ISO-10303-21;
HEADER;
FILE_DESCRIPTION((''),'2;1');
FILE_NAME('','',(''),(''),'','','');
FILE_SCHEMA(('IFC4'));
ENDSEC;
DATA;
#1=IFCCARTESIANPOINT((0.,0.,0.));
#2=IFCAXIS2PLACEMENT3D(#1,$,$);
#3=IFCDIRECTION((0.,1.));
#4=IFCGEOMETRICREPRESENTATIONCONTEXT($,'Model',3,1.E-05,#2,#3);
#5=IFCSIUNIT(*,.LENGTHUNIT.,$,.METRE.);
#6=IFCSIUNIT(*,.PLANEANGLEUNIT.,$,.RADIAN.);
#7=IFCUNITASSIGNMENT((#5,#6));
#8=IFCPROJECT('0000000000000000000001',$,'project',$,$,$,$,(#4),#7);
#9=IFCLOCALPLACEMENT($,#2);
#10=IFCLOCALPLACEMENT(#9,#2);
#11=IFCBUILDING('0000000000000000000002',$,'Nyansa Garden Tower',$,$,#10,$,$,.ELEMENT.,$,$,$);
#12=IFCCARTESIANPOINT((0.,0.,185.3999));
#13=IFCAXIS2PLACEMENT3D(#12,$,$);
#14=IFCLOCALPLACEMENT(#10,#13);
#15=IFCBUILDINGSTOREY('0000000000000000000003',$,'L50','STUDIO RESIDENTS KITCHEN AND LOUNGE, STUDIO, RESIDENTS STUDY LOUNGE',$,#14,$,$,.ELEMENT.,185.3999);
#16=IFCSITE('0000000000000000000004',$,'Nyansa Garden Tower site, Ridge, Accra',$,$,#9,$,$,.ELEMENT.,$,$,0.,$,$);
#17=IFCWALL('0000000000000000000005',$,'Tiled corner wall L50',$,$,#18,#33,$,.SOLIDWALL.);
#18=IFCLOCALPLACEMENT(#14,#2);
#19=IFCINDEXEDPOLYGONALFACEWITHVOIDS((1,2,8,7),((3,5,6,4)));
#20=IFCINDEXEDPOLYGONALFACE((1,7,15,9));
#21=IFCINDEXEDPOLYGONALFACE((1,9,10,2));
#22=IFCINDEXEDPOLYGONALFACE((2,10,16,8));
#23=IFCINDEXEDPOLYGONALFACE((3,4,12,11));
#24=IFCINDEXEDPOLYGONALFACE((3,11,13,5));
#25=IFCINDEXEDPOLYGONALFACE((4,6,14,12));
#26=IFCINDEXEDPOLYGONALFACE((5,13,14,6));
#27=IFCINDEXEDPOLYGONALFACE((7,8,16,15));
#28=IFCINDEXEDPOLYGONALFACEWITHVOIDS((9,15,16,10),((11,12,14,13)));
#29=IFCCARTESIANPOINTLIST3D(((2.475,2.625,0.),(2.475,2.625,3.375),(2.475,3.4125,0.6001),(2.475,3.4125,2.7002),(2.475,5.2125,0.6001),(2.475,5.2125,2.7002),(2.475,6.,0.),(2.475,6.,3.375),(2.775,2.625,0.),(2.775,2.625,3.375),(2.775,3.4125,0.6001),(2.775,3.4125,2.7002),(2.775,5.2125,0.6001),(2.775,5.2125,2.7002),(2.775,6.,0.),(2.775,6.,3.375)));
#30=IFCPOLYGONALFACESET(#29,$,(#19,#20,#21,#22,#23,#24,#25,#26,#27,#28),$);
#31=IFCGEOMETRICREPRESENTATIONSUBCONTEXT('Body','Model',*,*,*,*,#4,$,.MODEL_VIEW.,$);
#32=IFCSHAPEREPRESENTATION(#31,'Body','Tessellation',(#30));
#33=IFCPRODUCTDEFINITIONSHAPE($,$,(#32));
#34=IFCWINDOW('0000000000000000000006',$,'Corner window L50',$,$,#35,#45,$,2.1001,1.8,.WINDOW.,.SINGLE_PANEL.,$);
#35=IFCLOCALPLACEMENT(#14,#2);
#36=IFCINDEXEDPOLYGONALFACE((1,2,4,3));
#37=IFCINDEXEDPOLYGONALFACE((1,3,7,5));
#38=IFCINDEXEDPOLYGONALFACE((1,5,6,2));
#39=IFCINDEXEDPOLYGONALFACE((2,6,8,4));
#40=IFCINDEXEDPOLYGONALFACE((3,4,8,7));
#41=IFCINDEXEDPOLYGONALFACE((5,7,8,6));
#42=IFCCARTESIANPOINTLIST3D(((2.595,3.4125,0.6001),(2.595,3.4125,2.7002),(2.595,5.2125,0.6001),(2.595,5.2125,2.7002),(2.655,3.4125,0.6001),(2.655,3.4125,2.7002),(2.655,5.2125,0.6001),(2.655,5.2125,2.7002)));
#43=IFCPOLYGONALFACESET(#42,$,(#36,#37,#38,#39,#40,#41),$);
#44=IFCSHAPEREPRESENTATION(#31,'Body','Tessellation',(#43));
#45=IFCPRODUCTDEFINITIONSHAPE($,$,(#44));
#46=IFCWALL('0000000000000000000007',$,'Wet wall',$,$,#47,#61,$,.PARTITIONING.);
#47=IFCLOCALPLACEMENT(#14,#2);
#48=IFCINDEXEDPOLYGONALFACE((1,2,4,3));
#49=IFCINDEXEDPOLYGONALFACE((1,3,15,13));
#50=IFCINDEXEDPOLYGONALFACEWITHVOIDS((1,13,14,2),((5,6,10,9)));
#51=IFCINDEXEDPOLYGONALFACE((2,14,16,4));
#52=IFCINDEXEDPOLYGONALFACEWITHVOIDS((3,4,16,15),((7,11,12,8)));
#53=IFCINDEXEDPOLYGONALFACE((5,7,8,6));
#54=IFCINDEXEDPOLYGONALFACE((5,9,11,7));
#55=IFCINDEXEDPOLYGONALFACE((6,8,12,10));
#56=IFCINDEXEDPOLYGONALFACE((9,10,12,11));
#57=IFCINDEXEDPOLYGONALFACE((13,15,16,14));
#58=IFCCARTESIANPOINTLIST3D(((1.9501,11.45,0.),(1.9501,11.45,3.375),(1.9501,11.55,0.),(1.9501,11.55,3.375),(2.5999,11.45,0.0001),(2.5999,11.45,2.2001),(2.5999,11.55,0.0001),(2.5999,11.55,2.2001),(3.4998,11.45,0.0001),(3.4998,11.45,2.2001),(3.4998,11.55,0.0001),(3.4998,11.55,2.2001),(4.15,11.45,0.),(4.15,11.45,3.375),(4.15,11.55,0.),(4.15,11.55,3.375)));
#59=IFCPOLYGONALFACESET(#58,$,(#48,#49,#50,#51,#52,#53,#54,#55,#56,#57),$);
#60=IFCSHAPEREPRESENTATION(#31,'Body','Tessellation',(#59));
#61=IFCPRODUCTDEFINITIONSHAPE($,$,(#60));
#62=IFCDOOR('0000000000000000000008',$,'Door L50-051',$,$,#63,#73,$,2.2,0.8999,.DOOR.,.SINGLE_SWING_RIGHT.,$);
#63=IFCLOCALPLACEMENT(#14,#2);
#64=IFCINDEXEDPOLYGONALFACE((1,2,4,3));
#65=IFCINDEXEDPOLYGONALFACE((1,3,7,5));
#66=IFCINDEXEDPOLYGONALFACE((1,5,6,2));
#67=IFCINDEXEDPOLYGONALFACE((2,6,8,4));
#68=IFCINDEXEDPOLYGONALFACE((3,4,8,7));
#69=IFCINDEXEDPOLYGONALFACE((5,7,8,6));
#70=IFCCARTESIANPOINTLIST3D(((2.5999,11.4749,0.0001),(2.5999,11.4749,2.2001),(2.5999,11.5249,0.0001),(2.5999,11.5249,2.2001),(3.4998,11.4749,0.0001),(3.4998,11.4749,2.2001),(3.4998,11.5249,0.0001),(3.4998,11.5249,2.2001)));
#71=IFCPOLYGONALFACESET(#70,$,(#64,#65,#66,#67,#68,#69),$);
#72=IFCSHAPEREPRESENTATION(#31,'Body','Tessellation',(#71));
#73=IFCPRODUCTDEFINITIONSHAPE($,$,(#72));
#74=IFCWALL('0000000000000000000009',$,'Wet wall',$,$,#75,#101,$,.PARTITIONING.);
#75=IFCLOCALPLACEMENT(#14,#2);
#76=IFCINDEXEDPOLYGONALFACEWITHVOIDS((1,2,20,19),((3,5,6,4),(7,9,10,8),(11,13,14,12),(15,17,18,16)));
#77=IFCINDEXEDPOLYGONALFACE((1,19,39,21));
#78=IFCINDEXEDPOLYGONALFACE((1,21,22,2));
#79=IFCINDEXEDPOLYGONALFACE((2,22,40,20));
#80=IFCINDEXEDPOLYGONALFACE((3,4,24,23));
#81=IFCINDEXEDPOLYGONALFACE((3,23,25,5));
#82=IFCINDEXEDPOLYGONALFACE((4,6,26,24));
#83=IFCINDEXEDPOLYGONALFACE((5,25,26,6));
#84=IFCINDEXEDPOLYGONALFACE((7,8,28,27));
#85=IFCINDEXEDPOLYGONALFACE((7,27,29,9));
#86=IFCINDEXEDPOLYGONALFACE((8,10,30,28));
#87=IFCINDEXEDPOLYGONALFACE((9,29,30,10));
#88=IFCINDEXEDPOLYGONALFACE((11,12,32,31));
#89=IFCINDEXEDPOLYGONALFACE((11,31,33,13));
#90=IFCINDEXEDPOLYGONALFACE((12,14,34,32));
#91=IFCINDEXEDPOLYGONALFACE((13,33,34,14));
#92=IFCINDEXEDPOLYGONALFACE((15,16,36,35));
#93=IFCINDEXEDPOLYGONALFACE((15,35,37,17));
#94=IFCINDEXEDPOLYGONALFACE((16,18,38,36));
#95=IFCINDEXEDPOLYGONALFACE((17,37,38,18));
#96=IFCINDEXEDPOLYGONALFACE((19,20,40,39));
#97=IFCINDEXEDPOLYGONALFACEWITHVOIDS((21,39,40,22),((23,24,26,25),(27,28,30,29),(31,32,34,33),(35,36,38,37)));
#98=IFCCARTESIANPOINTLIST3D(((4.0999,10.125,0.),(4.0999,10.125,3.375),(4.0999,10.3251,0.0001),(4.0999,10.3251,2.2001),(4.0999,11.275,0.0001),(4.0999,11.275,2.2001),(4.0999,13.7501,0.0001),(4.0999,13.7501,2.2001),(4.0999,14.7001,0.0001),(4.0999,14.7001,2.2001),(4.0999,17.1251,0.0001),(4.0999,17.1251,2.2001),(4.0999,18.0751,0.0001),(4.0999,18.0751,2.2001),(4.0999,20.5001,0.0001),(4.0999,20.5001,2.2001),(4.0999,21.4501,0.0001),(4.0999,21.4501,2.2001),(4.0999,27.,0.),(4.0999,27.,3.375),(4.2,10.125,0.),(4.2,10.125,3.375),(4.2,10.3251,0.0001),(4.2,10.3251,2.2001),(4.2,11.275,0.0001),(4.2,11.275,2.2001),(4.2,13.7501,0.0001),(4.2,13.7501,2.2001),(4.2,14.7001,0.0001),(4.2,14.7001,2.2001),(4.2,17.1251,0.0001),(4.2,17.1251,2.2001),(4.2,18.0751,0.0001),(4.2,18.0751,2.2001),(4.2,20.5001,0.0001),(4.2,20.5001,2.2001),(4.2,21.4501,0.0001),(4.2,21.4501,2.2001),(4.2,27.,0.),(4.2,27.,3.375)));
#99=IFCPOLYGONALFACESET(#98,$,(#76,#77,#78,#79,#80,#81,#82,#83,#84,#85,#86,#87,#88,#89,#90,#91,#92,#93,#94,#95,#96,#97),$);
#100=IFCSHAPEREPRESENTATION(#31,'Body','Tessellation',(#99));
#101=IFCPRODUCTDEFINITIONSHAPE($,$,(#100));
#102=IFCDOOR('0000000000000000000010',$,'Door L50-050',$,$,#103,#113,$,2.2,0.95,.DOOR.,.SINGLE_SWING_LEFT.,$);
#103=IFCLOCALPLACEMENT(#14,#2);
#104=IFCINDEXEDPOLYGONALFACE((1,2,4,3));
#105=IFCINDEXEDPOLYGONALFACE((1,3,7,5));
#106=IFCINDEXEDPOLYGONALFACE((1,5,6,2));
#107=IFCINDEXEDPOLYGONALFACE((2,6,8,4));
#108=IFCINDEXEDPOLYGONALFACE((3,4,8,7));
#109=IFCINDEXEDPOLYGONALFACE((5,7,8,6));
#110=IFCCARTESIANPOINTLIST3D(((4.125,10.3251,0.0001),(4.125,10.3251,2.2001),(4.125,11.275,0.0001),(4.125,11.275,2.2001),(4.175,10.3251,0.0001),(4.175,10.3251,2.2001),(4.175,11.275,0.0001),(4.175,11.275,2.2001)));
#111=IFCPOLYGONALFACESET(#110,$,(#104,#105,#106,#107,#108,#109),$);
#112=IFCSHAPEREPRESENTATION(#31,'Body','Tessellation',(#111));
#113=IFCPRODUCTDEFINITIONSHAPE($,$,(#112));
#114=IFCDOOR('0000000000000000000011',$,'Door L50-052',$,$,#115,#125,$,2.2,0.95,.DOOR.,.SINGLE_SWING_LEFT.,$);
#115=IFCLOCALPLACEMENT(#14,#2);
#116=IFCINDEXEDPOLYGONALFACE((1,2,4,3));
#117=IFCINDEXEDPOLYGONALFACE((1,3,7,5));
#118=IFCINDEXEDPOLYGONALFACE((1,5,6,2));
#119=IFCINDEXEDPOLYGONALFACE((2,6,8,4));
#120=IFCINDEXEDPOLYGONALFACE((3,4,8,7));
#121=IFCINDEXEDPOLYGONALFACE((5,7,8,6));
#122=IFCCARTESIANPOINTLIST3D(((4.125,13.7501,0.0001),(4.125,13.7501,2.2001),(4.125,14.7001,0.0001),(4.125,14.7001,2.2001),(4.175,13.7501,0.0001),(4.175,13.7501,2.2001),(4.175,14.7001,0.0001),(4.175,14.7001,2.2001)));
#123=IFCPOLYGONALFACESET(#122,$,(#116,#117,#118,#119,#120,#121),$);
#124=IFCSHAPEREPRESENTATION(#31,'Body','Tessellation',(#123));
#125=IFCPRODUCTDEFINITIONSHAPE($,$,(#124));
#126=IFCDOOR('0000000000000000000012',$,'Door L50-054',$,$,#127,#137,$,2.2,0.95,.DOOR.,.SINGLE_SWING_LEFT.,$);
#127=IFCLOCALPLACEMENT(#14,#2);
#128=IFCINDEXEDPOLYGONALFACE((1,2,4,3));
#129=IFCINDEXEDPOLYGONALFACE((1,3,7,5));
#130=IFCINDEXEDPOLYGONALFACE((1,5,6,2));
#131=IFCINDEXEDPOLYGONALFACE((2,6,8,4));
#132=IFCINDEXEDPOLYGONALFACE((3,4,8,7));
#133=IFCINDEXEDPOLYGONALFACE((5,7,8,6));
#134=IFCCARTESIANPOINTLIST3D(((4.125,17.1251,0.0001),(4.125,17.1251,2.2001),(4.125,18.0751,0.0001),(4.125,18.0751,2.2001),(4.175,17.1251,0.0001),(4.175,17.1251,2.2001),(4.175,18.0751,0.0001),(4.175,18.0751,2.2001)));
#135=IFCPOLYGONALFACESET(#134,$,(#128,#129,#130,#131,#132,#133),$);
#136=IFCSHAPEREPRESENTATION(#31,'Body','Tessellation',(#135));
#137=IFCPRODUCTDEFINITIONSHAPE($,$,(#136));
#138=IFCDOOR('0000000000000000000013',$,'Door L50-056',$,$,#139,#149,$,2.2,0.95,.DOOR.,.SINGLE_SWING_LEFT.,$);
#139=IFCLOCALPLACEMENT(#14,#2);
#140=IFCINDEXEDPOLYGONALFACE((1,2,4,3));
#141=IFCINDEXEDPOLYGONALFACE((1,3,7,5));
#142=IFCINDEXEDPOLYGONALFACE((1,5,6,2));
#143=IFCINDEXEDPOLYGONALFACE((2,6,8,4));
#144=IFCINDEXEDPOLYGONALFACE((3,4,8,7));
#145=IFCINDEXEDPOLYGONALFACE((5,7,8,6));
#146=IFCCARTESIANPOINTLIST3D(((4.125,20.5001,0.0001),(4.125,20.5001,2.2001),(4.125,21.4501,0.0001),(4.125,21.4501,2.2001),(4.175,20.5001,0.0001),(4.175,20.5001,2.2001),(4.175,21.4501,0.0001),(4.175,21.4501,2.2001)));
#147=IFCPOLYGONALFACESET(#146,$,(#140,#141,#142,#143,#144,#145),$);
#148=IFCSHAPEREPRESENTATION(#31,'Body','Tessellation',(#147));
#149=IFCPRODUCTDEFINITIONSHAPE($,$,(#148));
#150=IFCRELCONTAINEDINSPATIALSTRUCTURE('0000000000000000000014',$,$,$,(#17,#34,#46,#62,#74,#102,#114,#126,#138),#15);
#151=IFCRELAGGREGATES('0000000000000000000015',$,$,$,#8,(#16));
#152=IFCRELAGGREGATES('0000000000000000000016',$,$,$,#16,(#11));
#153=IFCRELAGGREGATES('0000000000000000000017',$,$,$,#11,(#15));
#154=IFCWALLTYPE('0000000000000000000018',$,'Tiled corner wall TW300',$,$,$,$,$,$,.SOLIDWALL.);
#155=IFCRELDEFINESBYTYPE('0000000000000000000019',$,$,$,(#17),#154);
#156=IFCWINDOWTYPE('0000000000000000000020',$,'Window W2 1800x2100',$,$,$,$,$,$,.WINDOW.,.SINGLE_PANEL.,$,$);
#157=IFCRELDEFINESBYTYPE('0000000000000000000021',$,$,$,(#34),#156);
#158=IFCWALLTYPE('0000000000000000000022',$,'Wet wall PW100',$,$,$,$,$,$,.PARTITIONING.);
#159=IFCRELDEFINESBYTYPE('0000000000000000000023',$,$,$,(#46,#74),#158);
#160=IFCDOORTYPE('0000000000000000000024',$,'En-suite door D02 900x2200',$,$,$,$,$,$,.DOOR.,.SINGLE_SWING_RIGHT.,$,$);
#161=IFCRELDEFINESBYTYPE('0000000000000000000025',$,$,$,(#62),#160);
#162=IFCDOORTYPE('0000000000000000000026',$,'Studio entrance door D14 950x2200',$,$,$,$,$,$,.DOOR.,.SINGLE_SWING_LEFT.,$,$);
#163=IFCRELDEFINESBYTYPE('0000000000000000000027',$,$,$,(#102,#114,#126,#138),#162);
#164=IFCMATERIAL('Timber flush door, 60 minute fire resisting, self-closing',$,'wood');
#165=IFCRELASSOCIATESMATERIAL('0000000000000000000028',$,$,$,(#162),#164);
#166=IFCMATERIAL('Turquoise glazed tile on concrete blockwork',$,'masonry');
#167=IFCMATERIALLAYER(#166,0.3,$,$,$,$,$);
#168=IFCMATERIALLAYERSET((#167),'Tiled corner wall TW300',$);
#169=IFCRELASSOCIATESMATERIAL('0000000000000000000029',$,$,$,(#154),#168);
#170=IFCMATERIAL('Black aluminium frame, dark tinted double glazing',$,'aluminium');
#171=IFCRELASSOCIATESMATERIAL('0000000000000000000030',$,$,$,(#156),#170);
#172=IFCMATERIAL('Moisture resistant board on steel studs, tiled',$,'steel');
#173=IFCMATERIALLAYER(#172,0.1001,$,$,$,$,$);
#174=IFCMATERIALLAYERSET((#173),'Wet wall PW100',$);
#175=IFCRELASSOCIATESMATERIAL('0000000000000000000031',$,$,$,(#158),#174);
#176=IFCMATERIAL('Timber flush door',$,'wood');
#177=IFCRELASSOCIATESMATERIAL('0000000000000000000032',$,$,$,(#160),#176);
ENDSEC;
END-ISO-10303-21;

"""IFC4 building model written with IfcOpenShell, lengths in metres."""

from ifc_helpers import new_model, si_unit, direction, frame, frame_2d, origin, place, context, subcontext, project, spatial, rectangle, extrude, material, layer, layer_set, type_object, element, fill, save


model = new_model("IFC4")

# Units and contexts
model_context = context("Model", 3, precision=1e-05, world=origin(), true_north=direction((0.0, 1.0)))
body_context = subcontext(model_context, "Body", "Model", "MODEL_VIEW")
ifc_project = project(units=[si_unit("LENGTHUNIT", "METRE"), si_unit("PLANEANGLEUNIT", "RADIAN")], contexts=[model_context])

# Site, building, storey
site_placement = place(None, origin())
site = spatial("IfcSite", under=ifc_project, at=site_placement, Name="Nyansa Garden Tower site, Ridge, Accra", CompositionType="ELEMENT", RefElevation=0.0)
building_placement = place(site_placement, origin())
building = spatial("IfcBuilding", under=site, at=building_placement, Name="Nyansa Garden Tower", CompositionType="ELEMENT")
storey_placement = place(building_placement, frame((0.0, 0.0, 185.3999)))
storey = spatial("IfcBuildingStorey", under=building, at=storey_placement, Name="L50", Description="STUDIO RESIDENTS KITCHEN AND LOUNGE, STUDIO, RESIDENTS STUDY LOUNGE", CompositionType="ELEMENT", Elevation=185.3999)

# Shared definitions
ifc_material_1 = material(Name="Timber flush door, 60 minute fire resisting, self-closing", Category="wood")
door_type_1 = type_object("IfcDoorType", Name="Studio entrance door D14 950x2200", OperationType="SINGLE_SWING_LEFT", PredefinedType="DOOR", material=ifc_material_1)

# Wall, opening, window
ifc_material_2 = material(Name="Turquoise glazed tile on concrete blockwork", Category="masonry")
ifc_layer_1 = layer(ifc_material_2, 0.3)
ifc_layer_set_1 = layer_set([ifc_layer_1], Name="Tiled corner wall TW300")
wall_type_1 = type_object("IfcWallType", Name="Tiled corner wall TW300", PredefinedType="SOLIDWALL", material=ifc_layer_set_1)
wall_1_placement = place(storey_placement, frame((2.625, 6.0, 0.0), z_axis=(0.0, 0.0, 1.0), x_axis=(0.0, -1.0, 0.0)))
wall_1 = element("IfcWall", 1, at=wall_1_placement, inside=storey, type_object=wall_type_1, Name="Tiled corner wall L50", PredefinedType="SOLIDWALL", context=body_context, shape_type="SweptSolid", body=[
    extrude(rectangle(XDim=3.375, YDim=0.3, at=frame_2d((1.6875, 0.0))), origin(), (0.0, 0.0, 1.0), 3.375),
])
opening_1_placement = place(wall_1_placement, frame((0.7876, 0.0, 0.6001)))
opening_1 = element("IfcOpeningElement", 2, at=opening_1_placement, cuts=wall_1, PredefinedType="OPENING", context=body_context, shape_type="SweptSolid", body=[
    extrude(rectangle(XDim=1.8, YDim=2.1001, at=frame_2d((0.8999, 1.05))), frame((0.0, 0.1599, 0.0), z_axis=(0.0, -1.0, 0.0), x_axis=(1.0, 0.0, 0.0)), (0.0, 0.0, 1.0), 0.3201),
])
ifc_material_3 = material(Name="Black aluminium frame, dark tinted double glazing", Category="aluminium")
window_type = type_object("IfcWindowType", Name="Window W2 1800x2100", PartitioningType="SINGLE_PANEL", PredefinedType="WINDOW", material=ifc_material_3)
window_placement = place(opening_1_placement, origin())
window = element("IfcWindow", 3, at=window_placement, inside=storey, type_object=window_type, Name="Corner window L50", OverallHeight=2.1001, OverallWidth=1.8, PartitioningType="SINGLE_PANEL", PredefinedType="WINDOW", context=body_context, shape_type="SweptSolid", body=[
    extrude(rectangle(XDim=1.8, YDim=2.1001, at=frame_2d((0.8999, 1.05))), frame((0.0, 0.03, 0.0), z_axis=(0.0, -1.0, 0.0), x_axis=(1.0, 0.0, 0.0)), (0.0, 0.0, 1.0), 0.0601),
])
fill(opening_1, window)

# Wall, opening, door
ifc_material_4 = material(Name="Moisture resistant board on steel studs, tiled", Category="steel")
ifc_layer_2 = layer(ifc_material_4, 0.1001)
ifc_layer_set_2 = layer_set([ifc_layer_2], Name="Wet wall PW100")
wall_type_2 = type_object("IfcWallType", Name="Wet wall PW100", PredefinedType="PARTITIONING", material=ifc_layer_set_2)
wall_2_placement = place(storey_placement, frame((1.95, 11.5, 0.0), z_axis=(0.0, 0.0, 1.0), x_axis=(1.0, 0.0, 0.0)))
wall_2 = element("IfcWall", 4, at=wall_2_placement, inside=storey, type_object=wall_type_2, Name="Wet wall", PredefinedType="PARTITIONING", context=body_context, shape_type="SweptSolid", body=[
    extrude(rectangle(XDim=2.2, YDim=0.1001, at=frame_2d((1.1001, 0.0))), origin(), (0.0, 0.0, 1.0), 3.375),
])
opening_2_placement = place(wall_2_placement, frame((0.6499, 0.0, 0.0)))
opening_2 = element("IfcOpeningElement", 5, at=opening_2_placement, cuts=wall_2, PredefinedType="OPENING", context=body_context, shape_type="SweptSolid", body=[
    extrude(rectangle(XDim=0.8999, YDim=2.2, at=frame_2d((0.45, 1.1001))), frame((0.0, 0.0601, 0.0), z_axis=(0.0, -1.0, 0.0), x_axis=(1.0, 0.0, 0.0)), (0.0, 0.0, 1.0), 0.1201),
])
ifc_material_5 = material(Name="Timber flush door", Category="wood")
door_type_2 = type_object("IfcDoorType", Name="En-suite door D02 900x2200", OperationType="SINGLE_SWING_RIGHT", PredefinedType="DOOR", material=ifc_material_5)
door_1_placement = place(opening_2_placement, origin())
door_1 = element("IfcDoor", 6, at=door_1_placement, inside=storey, type_object=door_type_2, Name="Door L50-051", OperationType="SINGLE_SWING_RIGHT", OverallHeight=2.2, OverallWidth=0.8999, PredefinedType="DOOR", context=body_context, shape_type="SweptSolid", body=[
    extrude(rectangle(XDim=0.8999, YDim=2.2, at=frame_2d((0.45, 1.1001))), frame((0.0, 0.0249, 0.0), z_axis=(0.0, -1.0, 0.0), x_axis=(1.0, 0.0, 0.0)), (0.0, 0.0, 1.0), 0.05),
])
fill(opening_2, door_1)

# Wall, openings, doors
wall_3_placement = place(storey_placement, frame((4.1499, 10.125, 0.0), z_axis=(0.0, 0.0, 1.0), x_axis=(0.0, 1.0, 0.0)))
wall_3 = element("IfcWall", 7, at=wall_3_placement, inside=storey, type_object=wall_type_2, Name="Wet wall", PredefinedType="PARTITIONING", context=body_context, shape_type="SweptSolid", body=[
    extrude(rectangle(XDim=16.875, YDim=0.1001, at=frame_2d((8.4375, 0.0))), origin(), (0.0, 0.0, 1.0), 3.375),
])
opening_3_placement = place(wall_3_placement, frame((0.2, 0.0, 0.0)))
opening_3 = element("IfcOpeningElement", 8, at=opening_3_placement, cuts=wall_3, PredefinedType="OPENING", context=body_context, shape_type="SweptSolid", body=[
    extrude(rectangle(XDim=0.95, YDim=2.2, at=frame_2d((0.4751, 1.1001))), frame((0.0, 0.0601, 0.0), z_axis=(0.0, -1.0, 0.0), x_axis=(1.0, 0.0, 0.0)), (0.0, 0.0, 1.0), 0.1201),
])
opening_4_placement = place(wall_3_placement, frame((3.625, 0.0, 0.0)))
opening_4 = element("IfcOpeningElement", 9, at=opening_4_placement, cuts=wall_3, PredefinedType="OPENING", context=body_context, shape_type="SweptSolid", body=[
    extrude(rectangle(XDim=0.95, YDim=2.2, at=frame_2d((0.4751, 1.1001))), frame((0.0, 0.0601, 0.0), z_axis=(0.0, -1.0, 0.0), x_axis=(1.0, 0.0, 0.0)), (0.0, 0.0, 1.0), 0.1201),
])
opening_5_placement = place(wall_3_placement, frame((7.0, 0.0, 0.0)))
opening_5 = element("IfcOpeningElement", 10, at=opening_5_placement, cuts=wall_3, PredefinedType="OPENING", context=body_context, shape_type="SweptSolid", body=[
    extrude(rectangle(XDim=0.95, YDim=2.2, at=frame_2d((0.4751, 1.1001))), frame((0.0, 0.0601, 0.0), z_axis=(0.0, -1.0, 0.0), x_axis=(1.0, 0.0, 0.0)), (0.0, 0.0, 1.0), 0.1201),
])
opening_6_placement = place(wall_3_placement, frame((10.375, 0.0, 0.0)))
opening_6 = element("IfcOpeningElement", 11, at=opening_6_placement, cuts=wall_3, PredefinedType="OPENING", context=body_context, shape_type="SweptSolid", body=[
    extrude(rectangle(XDim=0.95, YDim=2.2, at=frame_2d((0.4751, 1.1001))), frame((0.0, 0.0601, 0.0), z_axis=(0.0, -1.0, 0.0), x_axis=(1.0, 0.0, 0.0)), (0.0, 0.0, 1.0), 0.1201),
])
door_2_placement = place(opening_3_placement, origin())
door_2 = element("IfcDoor", 12, at=door_2_placement, inside=storey, type_object=door_type_1, Name="Door L50-050", OperationType="SINGLE_SWING_LEFT", OverallHeight=2.2, OverallWidth=0.95, PredefinedType="DOOR", context=body_context, shape_type="SweptSolid", body=[
    extrude(rectangle(XDim=0.95, YDim=2.2, at=frame_2d((0.4751, 1.1001))), frame((0.0, 0.0249, 0.0), z_axis=(0.0, -1.0, 0.0), x_axis=(1.0, 0.0, 0.0)), (0.0, 0.0, 1.0), 0.05),
])
fill(opening_3, door_2)
door_3_placement = place(opening_4_placement, origin())
door_3 = element("IfcDoor", 13, at=door_3_placement, inside=storey, type_object=door_type_1, Name="Door L50-052", OperationType="SINGLE_SWING_LEFT", OverallHeight=2.2, OverallWidth=0.95, PredefinedType="DOOR", context=body_context, shape_type="SweptSolid", body=[
    extrude(rectangle(XDim=0.95, YDim=2.2, at=frame_2d((0.4751, 1.1001))), frame((0.0, 0.0249, 0.0), z_axis=(0.0, -1.0, 0.0), x_axis=(1.0, 0.0, 0.0)), (0.0, 0.0, 1.0), 0.05),
])
fill(opening_4, door_3)
door_4_placement = place(opening_5_placement, origin())
door_4 = element("IfcDoor", 14, at=door_4_placement, inside=storey, type_object=door_type_1, Name="Door L50-054", OperationType="SINGLE_SWING_LEFT", OverallHeight=2.2, OverallWidth=0.95, PredefinedType="DOOR", context=body_context, shape_type="SweptSolid", body=[
    extrude(rectangle(XDim=0.95, YDim=2.2, at=frame_2d((0.4751, 1.1001))), frame((0.0, 0.0249, 0.0), z_axis=(0.0, -1.0, 0.0), x_axis=(1.0, 0.0, 0.0)), (0.0, 0.0, 1.0), 0.05),
])
fill(opening_5, door_4)
door_5_placement = place(opening_6_placement, origin())
door_5 = element("IfcDoor", 15, at=door_5_placement, inside=storey, type_object=door_type_1, Name="Door L50-056", OperationType="SINGLE_SWING_LEFT", OverallHeight=2.2, OverallWidth=0.95, PredefinedType="DOOR", context=body_context, shape_type="SweptSolid", body=[
    extrude(rectangle(XDim=0.95, YDim=2.2, at=frame_2d((0.4751, 1.1001))), frame((0.0, 0.0249, 0.0), z_axis=(0.0, -1.0, 0.0), x_axis=(1.0, 0.0, 0.0)), (0.0, 0.0, 1.0), 0.05),
])
fill(opening_6, door_5)

save(model, "model.ifc")
